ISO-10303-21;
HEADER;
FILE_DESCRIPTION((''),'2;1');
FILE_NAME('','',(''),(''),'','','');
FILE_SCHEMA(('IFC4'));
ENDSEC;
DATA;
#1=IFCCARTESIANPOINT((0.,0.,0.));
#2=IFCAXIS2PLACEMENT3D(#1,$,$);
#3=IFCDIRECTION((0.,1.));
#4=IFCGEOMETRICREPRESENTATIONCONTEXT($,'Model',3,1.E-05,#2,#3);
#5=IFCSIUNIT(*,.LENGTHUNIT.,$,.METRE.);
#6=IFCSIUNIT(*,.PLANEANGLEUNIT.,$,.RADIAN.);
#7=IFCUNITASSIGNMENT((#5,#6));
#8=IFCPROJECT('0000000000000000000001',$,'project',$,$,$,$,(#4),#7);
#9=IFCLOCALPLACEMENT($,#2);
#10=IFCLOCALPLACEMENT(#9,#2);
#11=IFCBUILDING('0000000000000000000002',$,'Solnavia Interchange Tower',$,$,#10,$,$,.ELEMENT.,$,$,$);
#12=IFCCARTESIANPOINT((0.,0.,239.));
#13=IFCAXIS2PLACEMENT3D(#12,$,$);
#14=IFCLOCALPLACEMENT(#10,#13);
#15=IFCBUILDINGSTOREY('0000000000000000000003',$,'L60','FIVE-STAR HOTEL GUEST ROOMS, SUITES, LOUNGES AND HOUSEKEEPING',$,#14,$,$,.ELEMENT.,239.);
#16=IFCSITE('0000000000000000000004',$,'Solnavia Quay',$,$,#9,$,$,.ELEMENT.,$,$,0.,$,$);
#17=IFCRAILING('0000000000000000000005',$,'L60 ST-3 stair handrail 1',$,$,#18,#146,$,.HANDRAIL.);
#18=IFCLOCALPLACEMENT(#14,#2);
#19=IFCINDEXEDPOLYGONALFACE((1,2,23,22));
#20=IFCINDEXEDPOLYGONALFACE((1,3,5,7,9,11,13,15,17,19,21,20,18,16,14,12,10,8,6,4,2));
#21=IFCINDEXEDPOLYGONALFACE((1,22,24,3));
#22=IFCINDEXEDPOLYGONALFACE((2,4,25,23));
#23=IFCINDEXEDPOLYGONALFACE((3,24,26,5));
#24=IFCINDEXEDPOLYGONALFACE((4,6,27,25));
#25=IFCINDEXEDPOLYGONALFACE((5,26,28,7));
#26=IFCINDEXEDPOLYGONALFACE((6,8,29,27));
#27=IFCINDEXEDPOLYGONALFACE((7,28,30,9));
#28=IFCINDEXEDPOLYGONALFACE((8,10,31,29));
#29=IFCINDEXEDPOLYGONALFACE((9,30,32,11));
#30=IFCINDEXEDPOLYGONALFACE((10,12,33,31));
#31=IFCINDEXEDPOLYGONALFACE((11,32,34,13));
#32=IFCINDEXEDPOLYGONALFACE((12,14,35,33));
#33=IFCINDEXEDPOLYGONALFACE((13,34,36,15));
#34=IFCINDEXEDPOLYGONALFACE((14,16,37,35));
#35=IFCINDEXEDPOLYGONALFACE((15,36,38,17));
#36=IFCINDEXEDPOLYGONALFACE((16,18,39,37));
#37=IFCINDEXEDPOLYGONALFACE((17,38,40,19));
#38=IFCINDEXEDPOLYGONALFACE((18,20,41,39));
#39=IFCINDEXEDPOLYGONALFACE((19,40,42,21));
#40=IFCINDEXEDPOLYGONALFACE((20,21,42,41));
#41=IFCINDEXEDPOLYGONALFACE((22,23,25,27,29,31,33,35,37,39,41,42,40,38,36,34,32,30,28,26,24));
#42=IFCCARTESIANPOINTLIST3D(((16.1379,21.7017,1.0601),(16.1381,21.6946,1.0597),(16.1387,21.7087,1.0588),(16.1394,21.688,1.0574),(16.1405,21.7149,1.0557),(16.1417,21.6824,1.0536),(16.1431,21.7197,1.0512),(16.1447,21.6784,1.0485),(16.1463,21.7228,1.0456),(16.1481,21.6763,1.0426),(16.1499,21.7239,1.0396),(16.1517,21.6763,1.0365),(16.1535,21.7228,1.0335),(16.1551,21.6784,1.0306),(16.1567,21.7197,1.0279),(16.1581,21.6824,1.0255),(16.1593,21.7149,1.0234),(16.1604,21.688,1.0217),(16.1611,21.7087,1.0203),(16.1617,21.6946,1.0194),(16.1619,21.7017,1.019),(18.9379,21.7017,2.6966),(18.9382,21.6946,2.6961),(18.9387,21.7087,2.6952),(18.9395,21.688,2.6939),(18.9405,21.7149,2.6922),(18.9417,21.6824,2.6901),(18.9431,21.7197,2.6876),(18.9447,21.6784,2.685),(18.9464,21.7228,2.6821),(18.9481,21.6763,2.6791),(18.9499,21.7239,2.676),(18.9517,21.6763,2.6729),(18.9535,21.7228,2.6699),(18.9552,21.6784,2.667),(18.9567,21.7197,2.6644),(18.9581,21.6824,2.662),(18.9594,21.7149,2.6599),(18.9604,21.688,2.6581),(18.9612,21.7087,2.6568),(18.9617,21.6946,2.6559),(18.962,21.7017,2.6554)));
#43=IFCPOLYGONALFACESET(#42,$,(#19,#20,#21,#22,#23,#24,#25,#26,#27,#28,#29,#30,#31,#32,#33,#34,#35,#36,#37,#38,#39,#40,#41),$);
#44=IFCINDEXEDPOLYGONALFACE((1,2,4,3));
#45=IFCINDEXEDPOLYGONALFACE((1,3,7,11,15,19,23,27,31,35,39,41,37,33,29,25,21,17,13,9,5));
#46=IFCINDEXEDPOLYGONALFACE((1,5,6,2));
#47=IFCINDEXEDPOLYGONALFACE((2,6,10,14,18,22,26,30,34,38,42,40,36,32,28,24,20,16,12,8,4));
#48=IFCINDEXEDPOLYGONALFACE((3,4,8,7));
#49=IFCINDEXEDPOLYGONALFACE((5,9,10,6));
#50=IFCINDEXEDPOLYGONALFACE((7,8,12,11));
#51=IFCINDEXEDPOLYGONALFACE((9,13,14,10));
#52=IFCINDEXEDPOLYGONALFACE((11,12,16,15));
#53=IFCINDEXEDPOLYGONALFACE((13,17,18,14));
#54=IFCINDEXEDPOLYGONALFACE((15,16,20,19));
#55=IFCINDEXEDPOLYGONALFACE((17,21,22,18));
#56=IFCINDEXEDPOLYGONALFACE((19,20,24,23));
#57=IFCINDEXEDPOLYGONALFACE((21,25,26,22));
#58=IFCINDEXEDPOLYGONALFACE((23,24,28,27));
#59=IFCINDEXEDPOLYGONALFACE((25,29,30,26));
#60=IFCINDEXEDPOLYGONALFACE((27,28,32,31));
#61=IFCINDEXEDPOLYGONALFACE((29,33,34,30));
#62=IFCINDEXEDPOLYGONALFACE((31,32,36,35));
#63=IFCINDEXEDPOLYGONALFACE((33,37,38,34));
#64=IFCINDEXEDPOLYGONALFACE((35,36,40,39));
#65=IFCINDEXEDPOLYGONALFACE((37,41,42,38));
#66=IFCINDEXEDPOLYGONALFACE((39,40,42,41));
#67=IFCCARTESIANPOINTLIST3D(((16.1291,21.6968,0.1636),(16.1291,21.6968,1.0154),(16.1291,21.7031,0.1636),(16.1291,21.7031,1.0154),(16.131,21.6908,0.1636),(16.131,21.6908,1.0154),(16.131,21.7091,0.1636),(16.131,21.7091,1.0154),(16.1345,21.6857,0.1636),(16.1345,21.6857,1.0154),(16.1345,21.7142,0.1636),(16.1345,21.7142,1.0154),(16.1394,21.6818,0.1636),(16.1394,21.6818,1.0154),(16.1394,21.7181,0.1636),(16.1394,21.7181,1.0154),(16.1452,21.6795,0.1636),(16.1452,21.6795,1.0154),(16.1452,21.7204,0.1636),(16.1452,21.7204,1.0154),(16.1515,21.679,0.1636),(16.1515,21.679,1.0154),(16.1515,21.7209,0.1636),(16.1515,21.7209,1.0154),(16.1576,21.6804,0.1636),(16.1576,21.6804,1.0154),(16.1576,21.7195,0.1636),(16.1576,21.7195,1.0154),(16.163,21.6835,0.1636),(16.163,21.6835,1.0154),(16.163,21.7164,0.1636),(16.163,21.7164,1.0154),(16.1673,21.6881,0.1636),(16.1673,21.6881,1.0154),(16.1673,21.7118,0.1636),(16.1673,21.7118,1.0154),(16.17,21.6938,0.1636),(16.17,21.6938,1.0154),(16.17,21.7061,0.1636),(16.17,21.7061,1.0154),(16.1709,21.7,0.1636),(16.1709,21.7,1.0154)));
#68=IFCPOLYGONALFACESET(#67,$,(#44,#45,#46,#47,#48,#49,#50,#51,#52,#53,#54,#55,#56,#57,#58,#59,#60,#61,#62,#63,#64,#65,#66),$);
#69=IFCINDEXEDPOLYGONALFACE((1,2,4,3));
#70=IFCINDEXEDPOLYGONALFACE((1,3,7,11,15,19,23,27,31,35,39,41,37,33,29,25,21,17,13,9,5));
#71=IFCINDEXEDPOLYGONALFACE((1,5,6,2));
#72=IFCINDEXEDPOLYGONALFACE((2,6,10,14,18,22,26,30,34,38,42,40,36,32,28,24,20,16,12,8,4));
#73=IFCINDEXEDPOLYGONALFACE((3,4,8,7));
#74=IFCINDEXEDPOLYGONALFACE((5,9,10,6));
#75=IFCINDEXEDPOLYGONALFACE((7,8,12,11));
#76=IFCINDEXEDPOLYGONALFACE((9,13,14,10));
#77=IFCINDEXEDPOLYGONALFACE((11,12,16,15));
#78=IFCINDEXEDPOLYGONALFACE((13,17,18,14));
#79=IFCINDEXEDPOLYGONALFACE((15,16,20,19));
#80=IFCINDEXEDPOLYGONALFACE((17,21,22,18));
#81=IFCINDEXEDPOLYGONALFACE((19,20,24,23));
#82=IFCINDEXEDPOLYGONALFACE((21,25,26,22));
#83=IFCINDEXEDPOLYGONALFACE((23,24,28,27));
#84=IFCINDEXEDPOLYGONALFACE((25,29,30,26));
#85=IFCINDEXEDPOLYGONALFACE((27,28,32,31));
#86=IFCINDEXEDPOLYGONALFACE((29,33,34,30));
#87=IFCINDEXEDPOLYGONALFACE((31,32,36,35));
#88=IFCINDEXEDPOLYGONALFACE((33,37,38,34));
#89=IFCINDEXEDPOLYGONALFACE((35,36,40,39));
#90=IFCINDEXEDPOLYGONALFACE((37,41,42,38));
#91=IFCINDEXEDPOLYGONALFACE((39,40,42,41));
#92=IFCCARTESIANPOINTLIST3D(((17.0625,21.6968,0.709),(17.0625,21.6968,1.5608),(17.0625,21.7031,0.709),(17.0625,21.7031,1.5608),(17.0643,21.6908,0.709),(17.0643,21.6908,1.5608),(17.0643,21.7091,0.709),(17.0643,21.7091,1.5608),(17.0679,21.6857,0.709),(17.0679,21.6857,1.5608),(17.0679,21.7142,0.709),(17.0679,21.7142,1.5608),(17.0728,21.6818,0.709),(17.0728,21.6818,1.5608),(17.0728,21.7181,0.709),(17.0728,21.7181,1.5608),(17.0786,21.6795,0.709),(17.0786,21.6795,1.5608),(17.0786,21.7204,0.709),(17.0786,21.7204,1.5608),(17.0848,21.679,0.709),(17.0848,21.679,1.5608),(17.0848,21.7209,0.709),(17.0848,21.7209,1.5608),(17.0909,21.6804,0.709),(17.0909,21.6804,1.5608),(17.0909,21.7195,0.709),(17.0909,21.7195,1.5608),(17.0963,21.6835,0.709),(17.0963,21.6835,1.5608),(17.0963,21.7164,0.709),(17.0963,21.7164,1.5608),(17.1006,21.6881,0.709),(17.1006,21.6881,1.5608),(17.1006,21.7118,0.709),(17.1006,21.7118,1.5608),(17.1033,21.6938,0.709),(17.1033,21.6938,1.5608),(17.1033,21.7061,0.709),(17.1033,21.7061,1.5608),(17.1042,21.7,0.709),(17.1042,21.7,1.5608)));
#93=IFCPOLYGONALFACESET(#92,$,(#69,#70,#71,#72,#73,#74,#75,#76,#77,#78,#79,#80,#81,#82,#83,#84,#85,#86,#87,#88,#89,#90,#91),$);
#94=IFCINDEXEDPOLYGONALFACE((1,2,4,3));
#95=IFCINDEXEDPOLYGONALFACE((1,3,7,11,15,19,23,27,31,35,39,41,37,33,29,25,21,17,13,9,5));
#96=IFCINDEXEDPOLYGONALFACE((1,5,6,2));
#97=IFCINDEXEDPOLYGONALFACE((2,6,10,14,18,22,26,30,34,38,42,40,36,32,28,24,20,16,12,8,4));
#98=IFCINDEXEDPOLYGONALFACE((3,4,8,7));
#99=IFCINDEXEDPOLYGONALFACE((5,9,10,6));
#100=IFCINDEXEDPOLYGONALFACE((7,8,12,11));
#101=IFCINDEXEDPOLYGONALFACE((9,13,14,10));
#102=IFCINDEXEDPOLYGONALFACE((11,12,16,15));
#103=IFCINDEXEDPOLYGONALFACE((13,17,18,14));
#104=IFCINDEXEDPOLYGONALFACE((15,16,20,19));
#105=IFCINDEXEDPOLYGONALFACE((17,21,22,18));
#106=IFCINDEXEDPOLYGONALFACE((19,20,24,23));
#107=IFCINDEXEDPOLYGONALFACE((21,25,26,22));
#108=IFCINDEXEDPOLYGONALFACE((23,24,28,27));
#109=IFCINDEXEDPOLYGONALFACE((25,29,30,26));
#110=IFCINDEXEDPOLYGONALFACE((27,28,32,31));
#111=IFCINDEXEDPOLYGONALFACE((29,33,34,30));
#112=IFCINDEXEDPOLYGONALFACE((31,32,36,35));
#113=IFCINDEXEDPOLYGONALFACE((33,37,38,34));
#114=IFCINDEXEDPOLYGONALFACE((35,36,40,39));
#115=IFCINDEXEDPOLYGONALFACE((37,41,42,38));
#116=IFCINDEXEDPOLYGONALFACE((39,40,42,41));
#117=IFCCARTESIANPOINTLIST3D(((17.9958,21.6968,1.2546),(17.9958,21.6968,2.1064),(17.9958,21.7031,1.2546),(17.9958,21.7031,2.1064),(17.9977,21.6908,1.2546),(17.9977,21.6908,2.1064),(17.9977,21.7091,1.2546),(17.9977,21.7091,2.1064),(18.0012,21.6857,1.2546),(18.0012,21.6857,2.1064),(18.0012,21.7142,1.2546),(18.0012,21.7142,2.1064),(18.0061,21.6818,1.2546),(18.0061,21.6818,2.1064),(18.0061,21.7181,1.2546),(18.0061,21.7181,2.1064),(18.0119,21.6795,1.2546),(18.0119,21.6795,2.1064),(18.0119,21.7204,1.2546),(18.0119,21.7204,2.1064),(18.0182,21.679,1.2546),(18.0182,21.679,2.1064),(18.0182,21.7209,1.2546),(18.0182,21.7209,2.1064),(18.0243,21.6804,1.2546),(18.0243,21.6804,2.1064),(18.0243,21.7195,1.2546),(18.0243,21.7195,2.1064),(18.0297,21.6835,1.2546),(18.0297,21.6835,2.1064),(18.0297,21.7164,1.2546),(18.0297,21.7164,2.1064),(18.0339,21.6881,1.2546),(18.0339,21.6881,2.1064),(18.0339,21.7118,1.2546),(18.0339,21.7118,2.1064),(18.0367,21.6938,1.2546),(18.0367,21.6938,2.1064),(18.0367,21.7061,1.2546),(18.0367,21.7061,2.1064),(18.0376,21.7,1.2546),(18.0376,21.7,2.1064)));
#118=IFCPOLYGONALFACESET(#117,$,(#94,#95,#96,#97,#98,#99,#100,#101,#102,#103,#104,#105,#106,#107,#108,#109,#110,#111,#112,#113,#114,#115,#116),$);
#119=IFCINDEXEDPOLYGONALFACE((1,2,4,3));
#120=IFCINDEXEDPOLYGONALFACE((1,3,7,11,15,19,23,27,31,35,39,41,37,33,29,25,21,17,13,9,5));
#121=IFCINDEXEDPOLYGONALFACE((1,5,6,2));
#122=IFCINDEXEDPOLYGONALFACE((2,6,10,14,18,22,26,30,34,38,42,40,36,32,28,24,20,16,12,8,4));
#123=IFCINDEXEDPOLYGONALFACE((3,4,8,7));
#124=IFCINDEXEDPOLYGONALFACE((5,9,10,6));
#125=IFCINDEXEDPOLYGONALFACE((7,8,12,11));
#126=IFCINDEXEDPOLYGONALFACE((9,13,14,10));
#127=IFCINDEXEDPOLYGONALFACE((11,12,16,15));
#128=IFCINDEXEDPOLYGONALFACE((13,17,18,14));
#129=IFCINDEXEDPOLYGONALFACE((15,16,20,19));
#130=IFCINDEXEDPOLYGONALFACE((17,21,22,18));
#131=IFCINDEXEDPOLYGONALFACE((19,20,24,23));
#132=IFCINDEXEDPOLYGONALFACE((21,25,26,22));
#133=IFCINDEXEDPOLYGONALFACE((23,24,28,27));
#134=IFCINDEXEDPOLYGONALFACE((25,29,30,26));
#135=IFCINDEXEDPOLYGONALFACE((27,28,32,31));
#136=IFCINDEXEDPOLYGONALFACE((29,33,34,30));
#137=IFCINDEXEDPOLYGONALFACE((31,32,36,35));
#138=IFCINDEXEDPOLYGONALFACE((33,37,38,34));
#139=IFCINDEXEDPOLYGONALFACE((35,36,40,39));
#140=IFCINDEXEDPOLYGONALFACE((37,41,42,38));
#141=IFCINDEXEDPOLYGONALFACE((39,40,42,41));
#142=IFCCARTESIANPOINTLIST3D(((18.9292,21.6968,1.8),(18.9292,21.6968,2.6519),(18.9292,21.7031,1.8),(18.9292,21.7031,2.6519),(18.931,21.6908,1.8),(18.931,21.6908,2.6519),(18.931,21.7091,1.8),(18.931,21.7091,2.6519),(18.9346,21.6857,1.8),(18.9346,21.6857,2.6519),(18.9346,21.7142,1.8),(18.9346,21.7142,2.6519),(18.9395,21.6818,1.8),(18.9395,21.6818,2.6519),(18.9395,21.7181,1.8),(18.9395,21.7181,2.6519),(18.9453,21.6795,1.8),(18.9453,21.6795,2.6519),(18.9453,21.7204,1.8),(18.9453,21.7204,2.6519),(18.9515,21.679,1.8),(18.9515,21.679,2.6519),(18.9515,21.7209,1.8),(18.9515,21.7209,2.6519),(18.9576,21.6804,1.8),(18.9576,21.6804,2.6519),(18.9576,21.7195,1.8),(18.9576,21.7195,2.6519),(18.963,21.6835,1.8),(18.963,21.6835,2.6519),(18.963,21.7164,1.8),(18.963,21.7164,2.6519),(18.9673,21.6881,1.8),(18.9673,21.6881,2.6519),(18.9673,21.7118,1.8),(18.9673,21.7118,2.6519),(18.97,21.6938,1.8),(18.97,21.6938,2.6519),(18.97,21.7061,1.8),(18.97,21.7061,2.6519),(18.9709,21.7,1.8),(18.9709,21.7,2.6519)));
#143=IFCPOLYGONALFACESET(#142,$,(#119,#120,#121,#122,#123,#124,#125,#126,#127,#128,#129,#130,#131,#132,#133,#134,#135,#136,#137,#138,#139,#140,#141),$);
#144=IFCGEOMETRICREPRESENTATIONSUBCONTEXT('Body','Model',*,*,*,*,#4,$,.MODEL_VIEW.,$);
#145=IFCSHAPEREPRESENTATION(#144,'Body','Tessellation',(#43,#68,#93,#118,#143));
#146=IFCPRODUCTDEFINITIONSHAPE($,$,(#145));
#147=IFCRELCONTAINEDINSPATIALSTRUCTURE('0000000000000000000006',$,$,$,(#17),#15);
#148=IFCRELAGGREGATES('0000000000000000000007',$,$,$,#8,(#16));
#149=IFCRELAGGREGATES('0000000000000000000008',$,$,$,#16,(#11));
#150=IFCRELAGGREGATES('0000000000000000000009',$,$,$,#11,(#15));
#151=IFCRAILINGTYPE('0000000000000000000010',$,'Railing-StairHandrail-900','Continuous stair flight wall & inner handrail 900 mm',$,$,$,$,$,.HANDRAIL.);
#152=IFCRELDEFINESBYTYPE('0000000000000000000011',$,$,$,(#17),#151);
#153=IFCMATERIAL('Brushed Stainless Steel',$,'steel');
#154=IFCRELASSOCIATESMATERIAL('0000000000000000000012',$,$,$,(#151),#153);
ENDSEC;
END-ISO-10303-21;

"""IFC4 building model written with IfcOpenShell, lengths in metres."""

from ifc_helpers import new_model, si_unit, direction, frame, origin, origin_2d, place, context, subcontext, project, spatial, circle, extrude, material, type_object, element, save


model = new_model("IFC4")

# Units and contexts
model_context = context("Model", 3, precision=1e-05, world=origin(), true_north=direction((0.0, 1.0)))
body_context = subcontext(model_context, "Body", "Model", "MODEL_VIEW")
ifc_project = project(units=[si_unit("LENGTHUNIT", "METRE"), si_unit("PLANEANGLEUNIT", "RADIAN")], contexts=[model_context])

# Site, building, storey
site_placement = place(None, origin())
site = spatial("IfcSite", under=ifc_project, at=site_placement, Name="Solnavia Quay", CompositionType="ELEMENT", RefElevation=0.0)
building_placement = place(site_placement, origin())
building = spatial("IfcBuilding", under=site, at=building_placement, Name="Solnavia Interchange Tower", CompositionType="ELEMENT")
storey_placement = place(building_placement, frame((0.0, 0.0, 239.0)))
storey = spatial("IfcBuildingStorey", under=building, at=storey_placement, Name="L60", Description="FIVE-STAR HOTEL GUEST ROOMS, SUITES, LOUNGES AND HOUSEKEEPING", CompositionType="ELEMENT", Elevation=239.0)

# Railing
ifc_material_1 = material(Name="Brushed Stainless Steel", Category="steel")
railing_type_1 = type_object("IfcRailingType", Name="Railing-StairHandrail-900", Description="Continuous stair flight wall & inner handrail 900 mm", PredefinedType="HANDRAIL", material=ifc_material_1)
railing_1_placement = place(storey_placement, frame((16.1499, 21.7, 0.1636)))
element("IfcRailing", 1, at=railing_1_placement, inside=storey, type_object=railing_type_1, Name="L60 ST-3 stair handrail 1", PredefinedType="HANDRAIL", context=body_context, shape_type="SweptSolid", body=[
    extrude(circle(Radius=0.0239, at=origin_2d()), frame((0.0, 0.0, 0.876), z_axis=(0.863361, 0.0, 0.504587), x_axis=(0.0, 1.0, 0.0)), (0.0, 0.0, 1.0), 3.2432),
    extrude(circle(Radius=0.021, at=origin_2d()), origin(), (0.0, 0.0, 1.0), 0.8518),
    extrude(circle(Radius=0.021, at=origin_2d()), frame((0.9333, 0.0, 0.5454)), (0.0, 0.0, 1.0), 0.8518),
    extrude(circle(Radius=0.021, at=origin_2d()), frame((1.8667, 0.0, 1.0911)), (0.0, 0.0, 1.0), 0.8518),
    extrude(circle(Radius=0.021, at=origin_2d()), frame((2.8, 0.0, 1.6365)), (0.0, 0.0, 1.0), 0.8518),
])

save(model, "model.ifc")
